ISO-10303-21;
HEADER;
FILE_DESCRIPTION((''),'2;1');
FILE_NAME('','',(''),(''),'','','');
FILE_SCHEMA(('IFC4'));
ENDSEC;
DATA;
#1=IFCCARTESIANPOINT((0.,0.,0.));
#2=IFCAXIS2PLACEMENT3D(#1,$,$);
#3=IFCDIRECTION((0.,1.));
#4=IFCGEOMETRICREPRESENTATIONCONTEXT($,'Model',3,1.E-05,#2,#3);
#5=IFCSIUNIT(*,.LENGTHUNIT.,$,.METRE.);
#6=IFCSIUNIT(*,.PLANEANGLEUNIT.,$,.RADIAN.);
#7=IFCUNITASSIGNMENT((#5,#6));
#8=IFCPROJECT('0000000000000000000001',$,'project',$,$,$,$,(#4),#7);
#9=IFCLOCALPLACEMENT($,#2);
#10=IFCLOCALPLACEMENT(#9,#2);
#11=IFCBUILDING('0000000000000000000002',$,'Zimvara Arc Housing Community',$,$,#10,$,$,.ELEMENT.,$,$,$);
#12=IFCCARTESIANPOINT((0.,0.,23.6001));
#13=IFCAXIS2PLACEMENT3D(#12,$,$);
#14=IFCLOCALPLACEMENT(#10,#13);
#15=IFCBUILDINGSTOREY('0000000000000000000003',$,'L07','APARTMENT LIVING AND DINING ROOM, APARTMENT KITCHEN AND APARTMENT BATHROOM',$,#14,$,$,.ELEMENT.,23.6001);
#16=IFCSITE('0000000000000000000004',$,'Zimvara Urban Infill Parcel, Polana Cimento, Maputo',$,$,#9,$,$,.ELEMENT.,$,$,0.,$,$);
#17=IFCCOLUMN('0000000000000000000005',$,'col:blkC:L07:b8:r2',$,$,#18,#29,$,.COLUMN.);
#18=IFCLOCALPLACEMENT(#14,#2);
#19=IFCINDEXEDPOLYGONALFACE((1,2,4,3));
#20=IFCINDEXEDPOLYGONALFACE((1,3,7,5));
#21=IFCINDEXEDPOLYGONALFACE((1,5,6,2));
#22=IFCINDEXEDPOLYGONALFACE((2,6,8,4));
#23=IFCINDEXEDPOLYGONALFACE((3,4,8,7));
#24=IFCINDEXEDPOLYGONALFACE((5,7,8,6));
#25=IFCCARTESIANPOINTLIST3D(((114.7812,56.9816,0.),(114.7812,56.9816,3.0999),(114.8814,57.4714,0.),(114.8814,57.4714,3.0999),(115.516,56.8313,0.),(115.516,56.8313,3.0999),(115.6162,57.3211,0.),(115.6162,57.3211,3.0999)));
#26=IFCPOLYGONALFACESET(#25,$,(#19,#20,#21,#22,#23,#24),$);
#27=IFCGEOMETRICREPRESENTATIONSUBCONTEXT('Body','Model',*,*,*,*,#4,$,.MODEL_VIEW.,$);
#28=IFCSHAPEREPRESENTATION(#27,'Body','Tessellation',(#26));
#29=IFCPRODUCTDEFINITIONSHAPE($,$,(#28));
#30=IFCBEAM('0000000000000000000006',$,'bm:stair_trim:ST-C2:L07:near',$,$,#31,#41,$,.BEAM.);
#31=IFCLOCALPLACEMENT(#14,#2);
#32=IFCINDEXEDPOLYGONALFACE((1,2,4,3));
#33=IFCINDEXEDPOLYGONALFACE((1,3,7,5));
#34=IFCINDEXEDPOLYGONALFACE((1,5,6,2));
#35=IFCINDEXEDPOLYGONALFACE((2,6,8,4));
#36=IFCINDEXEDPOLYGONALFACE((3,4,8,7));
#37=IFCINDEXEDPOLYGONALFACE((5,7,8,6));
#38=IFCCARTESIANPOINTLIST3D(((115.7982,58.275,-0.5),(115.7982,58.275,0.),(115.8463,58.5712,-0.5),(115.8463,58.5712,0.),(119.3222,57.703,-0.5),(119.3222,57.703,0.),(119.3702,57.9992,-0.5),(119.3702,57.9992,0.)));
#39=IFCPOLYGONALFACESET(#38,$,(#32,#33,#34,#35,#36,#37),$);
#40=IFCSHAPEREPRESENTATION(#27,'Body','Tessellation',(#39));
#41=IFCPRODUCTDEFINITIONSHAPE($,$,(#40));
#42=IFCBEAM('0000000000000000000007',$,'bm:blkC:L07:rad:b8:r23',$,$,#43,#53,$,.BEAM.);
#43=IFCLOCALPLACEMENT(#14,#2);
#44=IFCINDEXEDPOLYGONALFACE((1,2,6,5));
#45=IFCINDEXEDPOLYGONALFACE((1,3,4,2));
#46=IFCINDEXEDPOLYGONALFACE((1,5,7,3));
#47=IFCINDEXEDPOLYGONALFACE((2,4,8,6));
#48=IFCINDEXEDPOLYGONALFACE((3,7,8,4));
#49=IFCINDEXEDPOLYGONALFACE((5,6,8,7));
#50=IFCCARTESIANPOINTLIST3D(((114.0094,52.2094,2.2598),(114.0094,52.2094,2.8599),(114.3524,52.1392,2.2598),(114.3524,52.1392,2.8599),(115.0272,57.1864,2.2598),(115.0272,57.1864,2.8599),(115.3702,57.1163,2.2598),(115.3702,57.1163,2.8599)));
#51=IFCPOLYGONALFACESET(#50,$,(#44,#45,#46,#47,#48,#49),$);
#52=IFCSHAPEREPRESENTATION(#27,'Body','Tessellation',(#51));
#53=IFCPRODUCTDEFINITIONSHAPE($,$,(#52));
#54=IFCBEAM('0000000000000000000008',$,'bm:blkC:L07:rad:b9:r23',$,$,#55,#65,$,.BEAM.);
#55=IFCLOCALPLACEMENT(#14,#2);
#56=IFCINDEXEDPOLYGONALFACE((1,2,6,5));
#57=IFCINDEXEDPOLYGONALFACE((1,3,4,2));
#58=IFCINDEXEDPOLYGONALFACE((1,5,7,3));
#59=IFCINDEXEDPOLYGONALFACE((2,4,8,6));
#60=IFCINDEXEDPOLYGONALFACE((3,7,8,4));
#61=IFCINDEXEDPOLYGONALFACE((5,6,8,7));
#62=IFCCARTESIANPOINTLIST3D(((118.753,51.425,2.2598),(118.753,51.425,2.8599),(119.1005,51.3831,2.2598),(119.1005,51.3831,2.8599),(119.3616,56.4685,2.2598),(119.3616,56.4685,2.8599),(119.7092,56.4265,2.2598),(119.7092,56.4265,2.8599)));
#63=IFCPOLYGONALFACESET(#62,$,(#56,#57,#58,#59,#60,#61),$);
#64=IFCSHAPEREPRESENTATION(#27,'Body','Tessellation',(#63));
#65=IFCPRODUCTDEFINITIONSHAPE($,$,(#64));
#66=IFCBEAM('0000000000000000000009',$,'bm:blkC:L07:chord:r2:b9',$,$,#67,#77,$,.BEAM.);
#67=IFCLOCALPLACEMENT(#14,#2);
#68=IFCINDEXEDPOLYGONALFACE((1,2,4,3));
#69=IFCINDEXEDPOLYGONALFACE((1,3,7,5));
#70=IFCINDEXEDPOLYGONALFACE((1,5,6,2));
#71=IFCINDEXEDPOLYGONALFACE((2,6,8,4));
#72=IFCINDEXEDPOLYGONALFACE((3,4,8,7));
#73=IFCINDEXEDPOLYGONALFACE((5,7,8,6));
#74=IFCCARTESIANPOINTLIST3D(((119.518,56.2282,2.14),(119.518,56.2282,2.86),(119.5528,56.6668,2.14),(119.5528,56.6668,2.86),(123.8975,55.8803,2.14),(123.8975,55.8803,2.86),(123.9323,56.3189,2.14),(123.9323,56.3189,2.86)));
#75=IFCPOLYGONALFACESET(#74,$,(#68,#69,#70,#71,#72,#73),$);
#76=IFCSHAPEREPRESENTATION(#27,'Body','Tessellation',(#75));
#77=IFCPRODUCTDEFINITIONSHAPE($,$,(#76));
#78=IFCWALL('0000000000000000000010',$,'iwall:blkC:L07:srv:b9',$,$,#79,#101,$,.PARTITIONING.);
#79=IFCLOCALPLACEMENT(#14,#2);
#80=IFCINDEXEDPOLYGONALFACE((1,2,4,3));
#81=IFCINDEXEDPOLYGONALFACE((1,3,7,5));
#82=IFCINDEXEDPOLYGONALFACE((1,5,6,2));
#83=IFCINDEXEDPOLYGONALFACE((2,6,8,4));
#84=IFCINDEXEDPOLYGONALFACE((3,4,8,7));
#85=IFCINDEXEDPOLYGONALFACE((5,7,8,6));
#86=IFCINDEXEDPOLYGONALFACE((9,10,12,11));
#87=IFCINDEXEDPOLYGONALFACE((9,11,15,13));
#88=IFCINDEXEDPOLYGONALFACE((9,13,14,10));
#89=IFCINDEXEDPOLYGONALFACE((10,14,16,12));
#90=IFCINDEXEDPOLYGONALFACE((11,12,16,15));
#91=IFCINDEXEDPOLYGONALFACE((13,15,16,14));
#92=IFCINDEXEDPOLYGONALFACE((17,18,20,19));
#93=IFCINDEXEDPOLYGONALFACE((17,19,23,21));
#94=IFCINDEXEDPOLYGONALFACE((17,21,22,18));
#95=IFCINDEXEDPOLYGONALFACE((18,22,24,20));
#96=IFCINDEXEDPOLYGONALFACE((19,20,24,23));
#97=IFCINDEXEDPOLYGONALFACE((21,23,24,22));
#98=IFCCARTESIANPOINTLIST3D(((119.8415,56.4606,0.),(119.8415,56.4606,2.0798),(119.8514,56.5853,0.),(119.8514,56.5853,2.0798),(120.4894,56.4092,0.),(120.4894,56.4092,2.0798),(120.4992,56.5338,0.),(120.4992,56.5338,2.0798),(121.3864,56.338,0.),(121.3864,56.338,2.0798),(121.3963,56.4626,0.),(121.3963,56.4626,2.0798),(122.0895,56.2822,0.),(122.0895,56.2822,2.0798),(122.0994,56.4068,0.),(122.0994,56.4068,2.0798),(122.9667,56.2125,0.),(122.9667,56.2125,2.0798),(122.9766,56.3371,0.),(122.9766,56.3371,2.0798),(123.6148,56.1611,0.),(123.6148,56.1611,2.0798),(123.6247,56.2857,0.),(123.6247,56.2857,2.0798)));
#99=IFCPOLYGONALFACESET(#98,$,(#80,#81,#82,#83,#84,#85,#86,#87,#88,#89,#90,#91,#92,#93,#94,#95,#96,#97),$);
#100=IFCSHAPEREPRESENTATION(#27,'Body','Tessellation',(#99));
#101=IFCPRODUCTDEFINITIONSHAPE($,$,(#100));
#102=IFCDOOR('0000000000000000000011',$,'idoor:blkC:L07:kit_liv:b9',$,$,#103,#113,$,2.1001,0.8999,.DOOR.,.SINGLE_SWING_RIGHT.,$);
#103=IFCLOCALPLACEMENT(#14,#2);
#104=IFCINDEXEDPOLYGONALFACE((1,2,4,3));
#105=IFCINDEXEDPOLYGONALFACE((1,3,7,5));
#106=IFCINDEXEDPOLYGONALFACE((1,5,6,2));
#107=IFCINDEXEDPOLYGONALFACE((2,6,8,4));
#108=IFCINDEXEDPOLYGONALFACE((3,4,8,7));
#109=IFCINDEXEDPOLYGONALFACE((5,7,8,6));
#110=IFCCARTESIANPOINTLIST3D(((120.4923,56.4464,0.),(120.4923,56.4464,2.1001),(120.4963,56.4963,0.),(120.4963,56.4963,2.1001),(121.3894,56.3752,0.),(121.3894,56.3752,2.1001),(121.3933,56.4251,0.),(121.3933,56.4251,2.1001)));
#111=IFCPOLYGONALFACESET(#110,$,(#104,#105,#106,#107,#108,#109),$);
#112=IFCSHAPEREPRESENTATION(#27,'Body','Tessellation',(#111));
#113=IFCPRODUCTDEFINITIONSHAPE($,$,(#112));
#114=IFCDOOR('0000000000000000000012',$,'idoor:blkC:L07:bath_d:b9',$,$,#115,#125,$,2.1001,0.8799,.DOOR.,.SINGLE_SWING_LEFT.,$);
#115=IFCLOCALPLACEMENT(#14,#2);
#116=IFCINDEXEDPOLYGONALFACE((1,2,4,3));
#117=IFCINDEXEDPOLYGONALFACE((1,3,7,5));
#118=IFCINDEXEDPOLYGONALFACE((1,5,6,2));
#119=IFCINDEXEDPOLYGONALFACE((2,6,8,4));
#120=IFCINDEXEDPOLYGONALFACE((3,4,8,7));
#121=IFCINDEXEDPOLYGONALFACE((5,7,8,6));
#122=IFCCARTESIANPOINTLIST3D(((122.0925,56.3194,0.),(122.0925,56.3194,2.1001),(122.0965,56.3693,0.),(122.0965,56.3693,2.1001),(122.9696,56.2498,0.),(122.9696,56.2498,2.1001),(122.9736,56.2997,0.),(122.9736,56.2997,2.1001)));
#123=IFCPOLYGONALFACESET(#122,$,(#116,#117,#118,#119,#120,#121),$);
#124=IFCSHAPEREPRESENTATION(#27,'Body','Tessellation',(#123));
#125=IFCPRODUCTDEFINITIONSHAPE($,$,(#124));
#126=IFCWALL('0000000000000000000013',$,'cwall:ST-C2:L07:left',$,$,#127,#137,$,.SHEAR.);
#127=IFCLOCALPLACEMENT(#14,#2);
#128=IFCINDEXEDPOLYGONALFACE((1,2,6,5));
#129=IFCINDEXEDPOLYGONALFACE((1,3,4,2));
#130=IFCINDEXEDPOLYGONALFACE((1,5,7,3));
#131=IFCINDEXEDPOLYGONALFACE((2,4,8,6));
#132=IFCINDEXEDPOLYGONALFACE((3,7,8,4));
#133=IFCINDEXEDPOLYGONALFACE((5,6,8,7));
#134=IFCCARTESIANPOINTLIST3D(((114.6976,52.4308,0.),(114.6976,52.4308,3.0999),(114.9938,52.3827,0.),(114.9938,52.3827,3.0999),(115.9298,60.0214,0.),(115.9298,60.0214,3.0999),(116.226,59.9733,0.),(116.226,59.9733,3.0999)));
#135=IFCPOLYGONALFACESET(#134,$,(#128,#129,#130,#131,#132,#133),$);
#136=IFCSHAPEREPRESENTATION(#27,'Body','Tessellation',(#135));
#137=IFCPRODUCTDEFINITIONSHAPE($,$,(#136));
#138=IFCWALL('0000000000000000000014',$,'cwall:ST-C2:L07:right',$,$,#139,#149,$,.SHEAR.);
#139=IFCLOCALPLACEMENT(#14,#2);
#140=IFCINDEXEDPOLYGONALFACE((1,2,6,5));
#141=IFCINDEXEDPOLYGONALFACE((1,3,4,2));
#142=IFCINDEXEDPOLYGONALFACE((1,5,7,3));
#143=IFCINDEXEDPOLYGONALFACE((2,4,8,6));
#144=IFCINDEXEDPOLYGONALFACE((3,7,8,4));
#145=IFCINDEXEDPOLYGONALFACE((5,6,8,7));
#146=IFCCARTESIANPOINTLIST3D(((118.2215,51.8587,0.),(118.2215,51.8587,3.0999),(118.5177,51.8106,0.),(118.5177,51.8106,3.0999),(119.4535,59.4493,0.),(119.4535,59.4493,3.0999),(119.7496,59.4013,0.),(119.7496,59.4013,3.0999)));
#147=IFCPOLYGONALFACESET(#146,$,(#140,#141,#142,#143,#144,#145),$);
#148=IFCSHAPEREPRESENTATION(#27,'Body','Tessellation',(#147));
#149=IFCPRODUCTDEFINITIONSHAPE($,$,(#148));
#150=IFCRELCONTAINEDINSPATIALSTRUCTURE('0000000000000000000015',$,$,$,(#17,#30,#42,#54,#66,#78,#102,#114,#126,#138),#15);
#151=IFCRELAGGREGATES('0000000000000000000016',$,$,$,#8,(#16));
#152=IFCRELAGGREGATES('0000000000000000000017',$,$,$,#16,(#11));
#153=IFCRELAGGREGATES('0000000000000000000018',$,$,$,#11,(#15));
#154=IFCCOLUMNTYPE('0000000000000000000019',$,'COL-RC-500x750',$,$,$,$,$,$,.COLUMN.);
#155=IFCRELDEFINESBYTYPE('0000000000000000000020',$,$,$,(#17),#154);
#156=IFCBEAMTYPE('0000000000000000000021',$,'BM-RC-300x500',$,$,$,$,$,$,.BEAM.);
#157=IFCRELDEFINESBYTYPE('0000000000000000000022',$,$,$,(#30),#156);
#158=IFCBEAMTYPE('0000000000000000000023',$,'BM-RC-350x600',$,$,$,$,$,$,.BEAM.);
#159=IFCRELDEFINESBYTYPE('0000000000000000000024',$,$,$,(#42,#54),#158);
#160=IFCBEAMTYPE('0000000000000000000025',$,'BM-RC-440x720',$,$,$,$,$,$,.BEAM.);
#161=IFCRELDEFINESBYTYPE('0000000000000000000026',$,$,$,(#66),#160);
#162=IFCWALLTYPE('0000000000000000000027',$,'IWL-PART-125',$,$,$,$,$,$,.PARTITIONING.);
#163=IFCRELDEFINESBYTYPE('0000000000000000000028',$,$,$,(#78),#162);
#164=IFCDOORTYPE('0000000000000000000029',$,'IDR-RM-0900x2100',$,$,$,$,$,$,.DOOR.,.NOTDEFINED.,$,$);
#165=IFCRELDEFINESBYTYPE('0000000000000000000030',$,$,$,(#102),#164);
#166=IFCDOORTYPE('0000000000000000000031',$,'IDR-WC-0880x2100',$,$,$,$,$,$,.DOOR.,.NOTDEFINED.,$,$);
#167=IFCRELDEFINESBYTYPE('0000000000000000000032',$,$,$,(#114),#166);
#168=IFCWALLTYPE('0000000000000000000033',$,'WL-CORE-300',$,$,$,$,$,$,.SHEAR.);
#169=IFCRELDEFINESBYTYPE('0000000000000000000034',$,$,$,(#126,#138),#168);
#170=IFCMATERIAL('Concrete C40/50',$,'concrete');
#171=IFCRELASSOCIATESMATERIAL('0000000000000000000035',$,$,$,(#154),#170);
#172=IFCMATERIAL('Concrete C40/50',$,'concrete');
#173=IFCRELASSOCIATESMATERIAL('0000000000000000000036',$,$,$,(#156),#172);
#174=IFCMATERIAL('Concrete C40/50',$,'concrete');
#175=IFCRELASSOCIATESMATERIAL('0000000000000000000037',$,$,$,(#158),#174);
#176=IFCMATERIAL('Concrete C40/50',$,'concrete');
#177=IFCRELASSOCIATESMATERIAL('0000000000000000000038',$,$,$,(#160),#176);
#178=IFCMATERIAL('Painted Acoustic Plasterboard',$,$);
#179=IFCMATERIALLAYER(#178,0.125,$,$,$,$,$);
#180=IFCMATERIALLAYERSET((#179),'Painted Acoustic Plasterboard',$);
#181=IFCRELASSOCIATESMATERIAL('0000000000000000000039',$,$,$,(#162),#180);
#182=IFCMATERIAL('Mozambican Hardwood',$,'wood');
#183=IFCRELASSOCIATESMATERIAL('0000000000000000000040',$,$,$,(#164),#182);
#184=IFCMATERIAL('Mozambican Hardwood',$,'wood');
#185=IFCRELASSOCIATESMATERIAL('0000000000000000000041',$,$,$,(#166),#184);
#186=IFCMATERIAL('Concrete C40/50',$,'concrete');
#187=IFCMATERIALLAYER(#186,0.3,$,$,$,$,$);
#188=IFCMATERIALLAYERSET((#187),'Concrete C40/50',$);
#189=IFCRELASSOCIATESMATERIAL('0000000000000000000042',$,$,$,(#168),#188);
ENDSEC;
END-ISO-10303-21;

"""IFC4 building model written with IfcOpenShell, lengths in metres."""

from ifc_helpers import new_model, si_unit, direction, frame, frame_2d, origin, origin_2d, place, context, subcontext, project, spatial, rectangle, extrude, material, layer, layer_set, material_profile, profile_set, type_object, element, fill, save


model = new_model("IFC4")

# Units and contexts
model_context = context("Model", 3, precision=1e-05, world=origin(), true_north=direction((0.0, 1.0)))
body_context = subcontext(model_context, "Body", "Model", "MODEL_VIEW")
ifc_project = project(units=[si_unit("LENGTHUNIT", "METRE"), si_unit("PLANEANGLEUNIT", "RADIAN")], contexts=[model_context])

# Site, building, storey
site_placement = place(None, origin())
site = spatial("IfcSite", under=ifc_project, at=site_placement, Name="Zimvara Urban Infill Parcel, Polana Cimento, Maputo", CompositionType="ELEMENT", RefElevation=0.0)
building_placement = place(site_placement, origin())
building = spatial("IfcBuilding", under=site, at=building_placement, Name="Zimvara Arc Housing Community", CompositionType="ELEMENT")
storey_placement = place(building_placement, frame((0.0, 0.0, 23.6001)))
storey = spatial("IfcBuildingStorey", under=building, at=storey_placement, Name="L07", Description="APARTMENT LIVING AND DINING ROOM, APARTMENT KITCHEN AND APARTMENT BATHROOM", CompositionType="ELEMENT", Elevation=23.6001)

# Column
ifc_material_1 = material(Name="Concrete C40/50", Category="concrete")
ifc_material_profile_1 = material_profile(ifc_material_1, rectangle(XDim=0.5, YDim=0.75, at=origin_2d()), Name="RC 500x750")
ifc_profile_set_1 = profile_set([ifc_material_profile_1], Name="Concrete C40/50")
column_type = type_object("IfcColumnType", Name="COL-RC-500x750", PredefinedType="COLUMN", material=ifc_profile_set_1)
column_placement = place(storey_placement, frame((115.1987, 57.1514, 0.0), z_axis=(0.0, 0.0, 1.0), x_axis=(-0.200394, -0.979715, 0.0)))
element("IfcColumn", 1, at=column_placement, inside=storey, type_object=column_type, Name="col:blkC:L07:b8:r2", PredefinedType="COLUMN", context=body_context, shape_type="SweptSolid", body=[
    extrude(rectangle(XDim=0.5, YDim=0.75, at=origin_2d()), origin(), (0.0, 0.0, 1.0), 3.0999),
])

# Beams
ifc_material_2 = material(Name="Concrete C40/50", Category="concrete")
ifc_material_profile_2 = material_profile(ifc_material_2, rectangle(XDim=0.3, YDim=0.5, at=origin_2d()), Name="RC 300x500")
ifc_profile_set_2 = profile_set([ifc_material_profile_2], Name="Concrete C40/50")
beam_type_1 = type_object("IfcBeamType", Name="BM-RC-300x500", PredefinedType="BEAM", material=ifc_profile_set_2)
beam_1_placement = place(storey_placement, frame((115.8223, 58.4231, -0.25), z_axis=(0.98708, -0.160228, 0.0), x_axis=(0.160228, 0.98708, 0.0)))
element("IfcBeam", 2, at=beam_1_placement, inside=storey, type_object=beam_type_1, Name="bm:stair_trim:ST-C2:L07:near", PredefinedType="BEAM", context=body_context, shape_type="SweptSolid", body=[
    extrude(rectangle(XDim=0.3, YDim=0.5, at=origin_2d()), origin(), (0.0, 0.0, 1.0), 3.5701),
])
ifc_material_3 = material(Name="Concrete C40/50", Category="concrete")
ifc_material_profile_3 = material_profile(ifc_material_3, rectangle(XDim=0.3501, YDim=0.6001, at=origin_2d()), Name="RC 350x600")
ifc_profile_set_3 = profile_set([ifc_material_profile_3], Name="Concrete C40/50")
beam_type_2 = type_object("IfcBeamType", Name="BM-RC-350x600", PredefinedType="BEAM", material=ifc_profile_set_3)
for number, where, z_axis, x_axis, name in (
    (3, (115.1987, 57.1514, 2.5598), (-0.200356, -0.979723, 0.0), (0.979723, -0.200356, 0.0), "bm:blkC:L07:rad:b8:r23"),
    (4, (119.5354, 56.4475, 2.5598), (-0.11981, -0.992797, 0.0), (0.992797, -0.11981, 0.0), "bm:blkC:L07:rad:b9:r23"),
):
    element("IfcBeam", number, at=place(storey_placement, frame(where, z_axis=z_axis, x_axis=x_axis)), inside=storey, type_object=beam_type_2, Name=name, PredefinedType="BEAM", context=body_context, shape_type="SweptSolid", body=[
        extrude(rectangle(XDim=0.3501, YDim=0.6001, at=origin_2d()), origin(), (0.0, 0.0, 1.0), 5.0801),
    ])
ifc_material_4 = material(Name="Concrete C40/50", Category="concrete")
ifc_material_profile_4 = material_profile(ifc_material_4, rectangle(XDim=0.4399, YDim=0.72, at=origin_2d()), Name="RC 440x720")
ifc_profile_set_4 = profile_set([ifc_material_profile_4], Name="Concrete C40/50")
beam_type_3 = type_object("IfcBeamType", Name="BM-RC-440x720", PredefinedType="BEAM", material=ifc_profile_set_4)
beam_2_placement = place(storey_placement, frame((119.5354, 56.4475, 2.5), z_axis=(0.996859, -0.079191, 0.0), x_axis=(0.079191, 0.996859, 0.0)))
element("IfcBeam", 5, at=beam_2_placement, inside=storey, type_object=beam_type_3, Name="bm:blkC:L07:chord:r2:b9", PredefinedType="BEAM", context=body_context, shape_type="SweptSolid", body=[
    extrude(rectangle(XDim=0.4399, YDim=0.72, at=origin_2d()), origin(), (0.0, 0.0, 1.0), 4.3933),
])

# Wall, openings, doors
ifc_material_5 = material(Name="Painted Acoustic Plasterboard")
ifc_layer_1 = layer(ifc_material_5, 0.125)
ifc_layer_set_1 = layer_set([ifc_layer_1], Name="Painted Acoustic Plasterboard")
wall_type_1 = type_object("IfcWallType", Name="IWL-PART-125", PredefinedType="PARTITIONING", material=ifc_layer_set_1)
wall_1_placement = place(storey_placement, frame((119.8464, 56.5229, 0.0), z_axis=(0.0, 0.0, 1.0), x_axis=(0.996863, -0.079143, 0.0)))
wall_1 = element("IfcWall", 6, at=wall_1_placement, inside=storey, type_object=wall_type_1, Name="iwall:blkC:L07:srv:b9", PredefinedType="PARTITIONING", context=body_context, shape_type="SweptSolid", body=[
    extrude(rectangle(XDim=3.7852, YDim=0.125, at=frame_2d((1.8926, 0.0))), origin(), (0.0, 0.0, 1.0), 2.0798),
])
opening_1_placement = place(wall_1_placement, frame((0.6499, 0.0, 0.0)))
opening_1 = element("IfcOpeningElement", 7, at=opening_1_placement, cuts=wall_1, PredefinedType="OPENING", context=body_context, shape_type="SweptSolid", body=[
    extrude(rectangle(XDim=0.8999, YDim=2.1001, at=frame_2d((0.45, 1.05))), frame((0.0, 0.0725, 0.0), z_axis=(0.0, -1.0, 0.0), x_axis=(1.0, 0.0, 0.0)), (0.0, 0.0, 1.0), 0.145),
])
opening_2_placement = place(wall_1_placement, frame((2.2551, 0.0, 0.0)))
opening_2 = element("IfcOpeningElement", 8, at=opening_2_placement, cuts=wall_1, PredefinedType="OPENING", context=body_context, shape_type="SweptSolid", body=[
    extrude(rectangle(XDim=0.8799, YDim=2.1001, at=frame_2d((0.4399, 1.05))), frame((0.0, 0.0725, 0.0), z_axis=(0.0, -1.0, 0.0), x_axis=(1.0, 0.0, 0.0)), (0.0, 0.0, 1.0), 0.145),
])
ifc_material_6 = material(Name="Mozambican Hardwood", Category="wood")
door_type_1 = type_object("IfcDoorType", Name="IDR-RM-0900x2100", OperationType="NOTDEFINED", PredefinedType="DOOR", material=ifc_material_6)
door_1_placement = place(opening_1_placement, origin())
door_1 = element("IfcDoor", 9, at=door_1_placement, inside=storey, type_object=door_type_1, Name="idoor:blkC:L07:kit_liv:b9", OperationType="SINGLE_SWING_RIGHT", OverallHeight=2.1001, OverallWidth=0.8999, PredefinedType="DOOR", context=body_context, shape_type="SweptSolid", body=[
    extrude(rectangle(XDim=0.8999, YDim=2.1001, at=frame_2d((0.45, 1.05))), frame((0.0, 0.0249, 0.0), z_axis=(0.0, -1.0, 0.0), x_axis=(1.0, 0.0, 0.0)), (0.0, 0.0, 1.0), 0.05),
])
fill(opening_1, door_1)
ifc_material_7 = material(Name="Mozambican Hardwood", Category="wood")
door_type_2 = type_object("IfcDoorType", Name="IDR-WC-0880x2100", OperationType="NOTDEFINED", PredefinedType="DOOR", material=ifc_material_7)
door_2_placement = place(opening_2_placement, origin())
door_2 = element("IfcDoor", 10, at=door_2_placement, inside=storey, type_object=door_type_2, Name="idoor:blkC:L07:bath_d:b9", OperationType="SINGLE_SWING_LEFT", OverallHeight=2.1001, OverallWidth=0.8799, PredefinedType="DOOR", context=body_context, shape_type="SweptSolid", body=[
    extrude(rectangle(XDim=0.8799, YDim=2.1001, at=frame_2d((0.4399, 1.05))), frame((0.0, 0.0249, 0.0), z_axis=(0.0, -1.0, 0.0), x_axis=(1.0, 0.0, 0.0)), (0.0, 0.0, 1.0), 0.05),
])
fill(opening_2, door_2)

# Shared definitions
ifc_material_8 = material(Name="Concrete C40/50", Category="concrete")
ifc_layer_2 = layer(ifc_material_8, 0.3)
ifc_layer_set_2 = layer_set([ifc_layer_2], Name="Concrete C40/50")
wall_type_2 = type_object("IfcWallType", Name="WL-CORE-300", PredefinedType="SHEAR", material=ifc_layer_set_2)

# Walls
for number, where, z_axis, x_axis, name in (
    (11, (116.0779, 59.9973, 0.0), (0.0, 0.0, 1.0), (-0.160233, -0.987079, 0.0), "cwall:ST-C2:L07:left"),
    (12, (119.6016, 59.4253, 0.0), (0.0, 0.0, 1.0), (-0.160202, -0.987084, 0.0), "cwall:ST-C2:L07:right"),
):
    element("IfcWall", number, at=place(storey_placement, frame(where, z_axis=z_axis, x_axis=x_axis)), inside=storey, type_object=wall_type_2, Name=name, PredefinedType="SHEAR", context=body_context, shape_type="SweptSolid", body=[
        extrude(rectangle(XDim=7.6899, YDim=0.3, at=frame_2d((3.845, 0.0))), origin(), (0.0, 0.0, 1.0), 3.0999),
    ])

save(model, "model.ifc")
